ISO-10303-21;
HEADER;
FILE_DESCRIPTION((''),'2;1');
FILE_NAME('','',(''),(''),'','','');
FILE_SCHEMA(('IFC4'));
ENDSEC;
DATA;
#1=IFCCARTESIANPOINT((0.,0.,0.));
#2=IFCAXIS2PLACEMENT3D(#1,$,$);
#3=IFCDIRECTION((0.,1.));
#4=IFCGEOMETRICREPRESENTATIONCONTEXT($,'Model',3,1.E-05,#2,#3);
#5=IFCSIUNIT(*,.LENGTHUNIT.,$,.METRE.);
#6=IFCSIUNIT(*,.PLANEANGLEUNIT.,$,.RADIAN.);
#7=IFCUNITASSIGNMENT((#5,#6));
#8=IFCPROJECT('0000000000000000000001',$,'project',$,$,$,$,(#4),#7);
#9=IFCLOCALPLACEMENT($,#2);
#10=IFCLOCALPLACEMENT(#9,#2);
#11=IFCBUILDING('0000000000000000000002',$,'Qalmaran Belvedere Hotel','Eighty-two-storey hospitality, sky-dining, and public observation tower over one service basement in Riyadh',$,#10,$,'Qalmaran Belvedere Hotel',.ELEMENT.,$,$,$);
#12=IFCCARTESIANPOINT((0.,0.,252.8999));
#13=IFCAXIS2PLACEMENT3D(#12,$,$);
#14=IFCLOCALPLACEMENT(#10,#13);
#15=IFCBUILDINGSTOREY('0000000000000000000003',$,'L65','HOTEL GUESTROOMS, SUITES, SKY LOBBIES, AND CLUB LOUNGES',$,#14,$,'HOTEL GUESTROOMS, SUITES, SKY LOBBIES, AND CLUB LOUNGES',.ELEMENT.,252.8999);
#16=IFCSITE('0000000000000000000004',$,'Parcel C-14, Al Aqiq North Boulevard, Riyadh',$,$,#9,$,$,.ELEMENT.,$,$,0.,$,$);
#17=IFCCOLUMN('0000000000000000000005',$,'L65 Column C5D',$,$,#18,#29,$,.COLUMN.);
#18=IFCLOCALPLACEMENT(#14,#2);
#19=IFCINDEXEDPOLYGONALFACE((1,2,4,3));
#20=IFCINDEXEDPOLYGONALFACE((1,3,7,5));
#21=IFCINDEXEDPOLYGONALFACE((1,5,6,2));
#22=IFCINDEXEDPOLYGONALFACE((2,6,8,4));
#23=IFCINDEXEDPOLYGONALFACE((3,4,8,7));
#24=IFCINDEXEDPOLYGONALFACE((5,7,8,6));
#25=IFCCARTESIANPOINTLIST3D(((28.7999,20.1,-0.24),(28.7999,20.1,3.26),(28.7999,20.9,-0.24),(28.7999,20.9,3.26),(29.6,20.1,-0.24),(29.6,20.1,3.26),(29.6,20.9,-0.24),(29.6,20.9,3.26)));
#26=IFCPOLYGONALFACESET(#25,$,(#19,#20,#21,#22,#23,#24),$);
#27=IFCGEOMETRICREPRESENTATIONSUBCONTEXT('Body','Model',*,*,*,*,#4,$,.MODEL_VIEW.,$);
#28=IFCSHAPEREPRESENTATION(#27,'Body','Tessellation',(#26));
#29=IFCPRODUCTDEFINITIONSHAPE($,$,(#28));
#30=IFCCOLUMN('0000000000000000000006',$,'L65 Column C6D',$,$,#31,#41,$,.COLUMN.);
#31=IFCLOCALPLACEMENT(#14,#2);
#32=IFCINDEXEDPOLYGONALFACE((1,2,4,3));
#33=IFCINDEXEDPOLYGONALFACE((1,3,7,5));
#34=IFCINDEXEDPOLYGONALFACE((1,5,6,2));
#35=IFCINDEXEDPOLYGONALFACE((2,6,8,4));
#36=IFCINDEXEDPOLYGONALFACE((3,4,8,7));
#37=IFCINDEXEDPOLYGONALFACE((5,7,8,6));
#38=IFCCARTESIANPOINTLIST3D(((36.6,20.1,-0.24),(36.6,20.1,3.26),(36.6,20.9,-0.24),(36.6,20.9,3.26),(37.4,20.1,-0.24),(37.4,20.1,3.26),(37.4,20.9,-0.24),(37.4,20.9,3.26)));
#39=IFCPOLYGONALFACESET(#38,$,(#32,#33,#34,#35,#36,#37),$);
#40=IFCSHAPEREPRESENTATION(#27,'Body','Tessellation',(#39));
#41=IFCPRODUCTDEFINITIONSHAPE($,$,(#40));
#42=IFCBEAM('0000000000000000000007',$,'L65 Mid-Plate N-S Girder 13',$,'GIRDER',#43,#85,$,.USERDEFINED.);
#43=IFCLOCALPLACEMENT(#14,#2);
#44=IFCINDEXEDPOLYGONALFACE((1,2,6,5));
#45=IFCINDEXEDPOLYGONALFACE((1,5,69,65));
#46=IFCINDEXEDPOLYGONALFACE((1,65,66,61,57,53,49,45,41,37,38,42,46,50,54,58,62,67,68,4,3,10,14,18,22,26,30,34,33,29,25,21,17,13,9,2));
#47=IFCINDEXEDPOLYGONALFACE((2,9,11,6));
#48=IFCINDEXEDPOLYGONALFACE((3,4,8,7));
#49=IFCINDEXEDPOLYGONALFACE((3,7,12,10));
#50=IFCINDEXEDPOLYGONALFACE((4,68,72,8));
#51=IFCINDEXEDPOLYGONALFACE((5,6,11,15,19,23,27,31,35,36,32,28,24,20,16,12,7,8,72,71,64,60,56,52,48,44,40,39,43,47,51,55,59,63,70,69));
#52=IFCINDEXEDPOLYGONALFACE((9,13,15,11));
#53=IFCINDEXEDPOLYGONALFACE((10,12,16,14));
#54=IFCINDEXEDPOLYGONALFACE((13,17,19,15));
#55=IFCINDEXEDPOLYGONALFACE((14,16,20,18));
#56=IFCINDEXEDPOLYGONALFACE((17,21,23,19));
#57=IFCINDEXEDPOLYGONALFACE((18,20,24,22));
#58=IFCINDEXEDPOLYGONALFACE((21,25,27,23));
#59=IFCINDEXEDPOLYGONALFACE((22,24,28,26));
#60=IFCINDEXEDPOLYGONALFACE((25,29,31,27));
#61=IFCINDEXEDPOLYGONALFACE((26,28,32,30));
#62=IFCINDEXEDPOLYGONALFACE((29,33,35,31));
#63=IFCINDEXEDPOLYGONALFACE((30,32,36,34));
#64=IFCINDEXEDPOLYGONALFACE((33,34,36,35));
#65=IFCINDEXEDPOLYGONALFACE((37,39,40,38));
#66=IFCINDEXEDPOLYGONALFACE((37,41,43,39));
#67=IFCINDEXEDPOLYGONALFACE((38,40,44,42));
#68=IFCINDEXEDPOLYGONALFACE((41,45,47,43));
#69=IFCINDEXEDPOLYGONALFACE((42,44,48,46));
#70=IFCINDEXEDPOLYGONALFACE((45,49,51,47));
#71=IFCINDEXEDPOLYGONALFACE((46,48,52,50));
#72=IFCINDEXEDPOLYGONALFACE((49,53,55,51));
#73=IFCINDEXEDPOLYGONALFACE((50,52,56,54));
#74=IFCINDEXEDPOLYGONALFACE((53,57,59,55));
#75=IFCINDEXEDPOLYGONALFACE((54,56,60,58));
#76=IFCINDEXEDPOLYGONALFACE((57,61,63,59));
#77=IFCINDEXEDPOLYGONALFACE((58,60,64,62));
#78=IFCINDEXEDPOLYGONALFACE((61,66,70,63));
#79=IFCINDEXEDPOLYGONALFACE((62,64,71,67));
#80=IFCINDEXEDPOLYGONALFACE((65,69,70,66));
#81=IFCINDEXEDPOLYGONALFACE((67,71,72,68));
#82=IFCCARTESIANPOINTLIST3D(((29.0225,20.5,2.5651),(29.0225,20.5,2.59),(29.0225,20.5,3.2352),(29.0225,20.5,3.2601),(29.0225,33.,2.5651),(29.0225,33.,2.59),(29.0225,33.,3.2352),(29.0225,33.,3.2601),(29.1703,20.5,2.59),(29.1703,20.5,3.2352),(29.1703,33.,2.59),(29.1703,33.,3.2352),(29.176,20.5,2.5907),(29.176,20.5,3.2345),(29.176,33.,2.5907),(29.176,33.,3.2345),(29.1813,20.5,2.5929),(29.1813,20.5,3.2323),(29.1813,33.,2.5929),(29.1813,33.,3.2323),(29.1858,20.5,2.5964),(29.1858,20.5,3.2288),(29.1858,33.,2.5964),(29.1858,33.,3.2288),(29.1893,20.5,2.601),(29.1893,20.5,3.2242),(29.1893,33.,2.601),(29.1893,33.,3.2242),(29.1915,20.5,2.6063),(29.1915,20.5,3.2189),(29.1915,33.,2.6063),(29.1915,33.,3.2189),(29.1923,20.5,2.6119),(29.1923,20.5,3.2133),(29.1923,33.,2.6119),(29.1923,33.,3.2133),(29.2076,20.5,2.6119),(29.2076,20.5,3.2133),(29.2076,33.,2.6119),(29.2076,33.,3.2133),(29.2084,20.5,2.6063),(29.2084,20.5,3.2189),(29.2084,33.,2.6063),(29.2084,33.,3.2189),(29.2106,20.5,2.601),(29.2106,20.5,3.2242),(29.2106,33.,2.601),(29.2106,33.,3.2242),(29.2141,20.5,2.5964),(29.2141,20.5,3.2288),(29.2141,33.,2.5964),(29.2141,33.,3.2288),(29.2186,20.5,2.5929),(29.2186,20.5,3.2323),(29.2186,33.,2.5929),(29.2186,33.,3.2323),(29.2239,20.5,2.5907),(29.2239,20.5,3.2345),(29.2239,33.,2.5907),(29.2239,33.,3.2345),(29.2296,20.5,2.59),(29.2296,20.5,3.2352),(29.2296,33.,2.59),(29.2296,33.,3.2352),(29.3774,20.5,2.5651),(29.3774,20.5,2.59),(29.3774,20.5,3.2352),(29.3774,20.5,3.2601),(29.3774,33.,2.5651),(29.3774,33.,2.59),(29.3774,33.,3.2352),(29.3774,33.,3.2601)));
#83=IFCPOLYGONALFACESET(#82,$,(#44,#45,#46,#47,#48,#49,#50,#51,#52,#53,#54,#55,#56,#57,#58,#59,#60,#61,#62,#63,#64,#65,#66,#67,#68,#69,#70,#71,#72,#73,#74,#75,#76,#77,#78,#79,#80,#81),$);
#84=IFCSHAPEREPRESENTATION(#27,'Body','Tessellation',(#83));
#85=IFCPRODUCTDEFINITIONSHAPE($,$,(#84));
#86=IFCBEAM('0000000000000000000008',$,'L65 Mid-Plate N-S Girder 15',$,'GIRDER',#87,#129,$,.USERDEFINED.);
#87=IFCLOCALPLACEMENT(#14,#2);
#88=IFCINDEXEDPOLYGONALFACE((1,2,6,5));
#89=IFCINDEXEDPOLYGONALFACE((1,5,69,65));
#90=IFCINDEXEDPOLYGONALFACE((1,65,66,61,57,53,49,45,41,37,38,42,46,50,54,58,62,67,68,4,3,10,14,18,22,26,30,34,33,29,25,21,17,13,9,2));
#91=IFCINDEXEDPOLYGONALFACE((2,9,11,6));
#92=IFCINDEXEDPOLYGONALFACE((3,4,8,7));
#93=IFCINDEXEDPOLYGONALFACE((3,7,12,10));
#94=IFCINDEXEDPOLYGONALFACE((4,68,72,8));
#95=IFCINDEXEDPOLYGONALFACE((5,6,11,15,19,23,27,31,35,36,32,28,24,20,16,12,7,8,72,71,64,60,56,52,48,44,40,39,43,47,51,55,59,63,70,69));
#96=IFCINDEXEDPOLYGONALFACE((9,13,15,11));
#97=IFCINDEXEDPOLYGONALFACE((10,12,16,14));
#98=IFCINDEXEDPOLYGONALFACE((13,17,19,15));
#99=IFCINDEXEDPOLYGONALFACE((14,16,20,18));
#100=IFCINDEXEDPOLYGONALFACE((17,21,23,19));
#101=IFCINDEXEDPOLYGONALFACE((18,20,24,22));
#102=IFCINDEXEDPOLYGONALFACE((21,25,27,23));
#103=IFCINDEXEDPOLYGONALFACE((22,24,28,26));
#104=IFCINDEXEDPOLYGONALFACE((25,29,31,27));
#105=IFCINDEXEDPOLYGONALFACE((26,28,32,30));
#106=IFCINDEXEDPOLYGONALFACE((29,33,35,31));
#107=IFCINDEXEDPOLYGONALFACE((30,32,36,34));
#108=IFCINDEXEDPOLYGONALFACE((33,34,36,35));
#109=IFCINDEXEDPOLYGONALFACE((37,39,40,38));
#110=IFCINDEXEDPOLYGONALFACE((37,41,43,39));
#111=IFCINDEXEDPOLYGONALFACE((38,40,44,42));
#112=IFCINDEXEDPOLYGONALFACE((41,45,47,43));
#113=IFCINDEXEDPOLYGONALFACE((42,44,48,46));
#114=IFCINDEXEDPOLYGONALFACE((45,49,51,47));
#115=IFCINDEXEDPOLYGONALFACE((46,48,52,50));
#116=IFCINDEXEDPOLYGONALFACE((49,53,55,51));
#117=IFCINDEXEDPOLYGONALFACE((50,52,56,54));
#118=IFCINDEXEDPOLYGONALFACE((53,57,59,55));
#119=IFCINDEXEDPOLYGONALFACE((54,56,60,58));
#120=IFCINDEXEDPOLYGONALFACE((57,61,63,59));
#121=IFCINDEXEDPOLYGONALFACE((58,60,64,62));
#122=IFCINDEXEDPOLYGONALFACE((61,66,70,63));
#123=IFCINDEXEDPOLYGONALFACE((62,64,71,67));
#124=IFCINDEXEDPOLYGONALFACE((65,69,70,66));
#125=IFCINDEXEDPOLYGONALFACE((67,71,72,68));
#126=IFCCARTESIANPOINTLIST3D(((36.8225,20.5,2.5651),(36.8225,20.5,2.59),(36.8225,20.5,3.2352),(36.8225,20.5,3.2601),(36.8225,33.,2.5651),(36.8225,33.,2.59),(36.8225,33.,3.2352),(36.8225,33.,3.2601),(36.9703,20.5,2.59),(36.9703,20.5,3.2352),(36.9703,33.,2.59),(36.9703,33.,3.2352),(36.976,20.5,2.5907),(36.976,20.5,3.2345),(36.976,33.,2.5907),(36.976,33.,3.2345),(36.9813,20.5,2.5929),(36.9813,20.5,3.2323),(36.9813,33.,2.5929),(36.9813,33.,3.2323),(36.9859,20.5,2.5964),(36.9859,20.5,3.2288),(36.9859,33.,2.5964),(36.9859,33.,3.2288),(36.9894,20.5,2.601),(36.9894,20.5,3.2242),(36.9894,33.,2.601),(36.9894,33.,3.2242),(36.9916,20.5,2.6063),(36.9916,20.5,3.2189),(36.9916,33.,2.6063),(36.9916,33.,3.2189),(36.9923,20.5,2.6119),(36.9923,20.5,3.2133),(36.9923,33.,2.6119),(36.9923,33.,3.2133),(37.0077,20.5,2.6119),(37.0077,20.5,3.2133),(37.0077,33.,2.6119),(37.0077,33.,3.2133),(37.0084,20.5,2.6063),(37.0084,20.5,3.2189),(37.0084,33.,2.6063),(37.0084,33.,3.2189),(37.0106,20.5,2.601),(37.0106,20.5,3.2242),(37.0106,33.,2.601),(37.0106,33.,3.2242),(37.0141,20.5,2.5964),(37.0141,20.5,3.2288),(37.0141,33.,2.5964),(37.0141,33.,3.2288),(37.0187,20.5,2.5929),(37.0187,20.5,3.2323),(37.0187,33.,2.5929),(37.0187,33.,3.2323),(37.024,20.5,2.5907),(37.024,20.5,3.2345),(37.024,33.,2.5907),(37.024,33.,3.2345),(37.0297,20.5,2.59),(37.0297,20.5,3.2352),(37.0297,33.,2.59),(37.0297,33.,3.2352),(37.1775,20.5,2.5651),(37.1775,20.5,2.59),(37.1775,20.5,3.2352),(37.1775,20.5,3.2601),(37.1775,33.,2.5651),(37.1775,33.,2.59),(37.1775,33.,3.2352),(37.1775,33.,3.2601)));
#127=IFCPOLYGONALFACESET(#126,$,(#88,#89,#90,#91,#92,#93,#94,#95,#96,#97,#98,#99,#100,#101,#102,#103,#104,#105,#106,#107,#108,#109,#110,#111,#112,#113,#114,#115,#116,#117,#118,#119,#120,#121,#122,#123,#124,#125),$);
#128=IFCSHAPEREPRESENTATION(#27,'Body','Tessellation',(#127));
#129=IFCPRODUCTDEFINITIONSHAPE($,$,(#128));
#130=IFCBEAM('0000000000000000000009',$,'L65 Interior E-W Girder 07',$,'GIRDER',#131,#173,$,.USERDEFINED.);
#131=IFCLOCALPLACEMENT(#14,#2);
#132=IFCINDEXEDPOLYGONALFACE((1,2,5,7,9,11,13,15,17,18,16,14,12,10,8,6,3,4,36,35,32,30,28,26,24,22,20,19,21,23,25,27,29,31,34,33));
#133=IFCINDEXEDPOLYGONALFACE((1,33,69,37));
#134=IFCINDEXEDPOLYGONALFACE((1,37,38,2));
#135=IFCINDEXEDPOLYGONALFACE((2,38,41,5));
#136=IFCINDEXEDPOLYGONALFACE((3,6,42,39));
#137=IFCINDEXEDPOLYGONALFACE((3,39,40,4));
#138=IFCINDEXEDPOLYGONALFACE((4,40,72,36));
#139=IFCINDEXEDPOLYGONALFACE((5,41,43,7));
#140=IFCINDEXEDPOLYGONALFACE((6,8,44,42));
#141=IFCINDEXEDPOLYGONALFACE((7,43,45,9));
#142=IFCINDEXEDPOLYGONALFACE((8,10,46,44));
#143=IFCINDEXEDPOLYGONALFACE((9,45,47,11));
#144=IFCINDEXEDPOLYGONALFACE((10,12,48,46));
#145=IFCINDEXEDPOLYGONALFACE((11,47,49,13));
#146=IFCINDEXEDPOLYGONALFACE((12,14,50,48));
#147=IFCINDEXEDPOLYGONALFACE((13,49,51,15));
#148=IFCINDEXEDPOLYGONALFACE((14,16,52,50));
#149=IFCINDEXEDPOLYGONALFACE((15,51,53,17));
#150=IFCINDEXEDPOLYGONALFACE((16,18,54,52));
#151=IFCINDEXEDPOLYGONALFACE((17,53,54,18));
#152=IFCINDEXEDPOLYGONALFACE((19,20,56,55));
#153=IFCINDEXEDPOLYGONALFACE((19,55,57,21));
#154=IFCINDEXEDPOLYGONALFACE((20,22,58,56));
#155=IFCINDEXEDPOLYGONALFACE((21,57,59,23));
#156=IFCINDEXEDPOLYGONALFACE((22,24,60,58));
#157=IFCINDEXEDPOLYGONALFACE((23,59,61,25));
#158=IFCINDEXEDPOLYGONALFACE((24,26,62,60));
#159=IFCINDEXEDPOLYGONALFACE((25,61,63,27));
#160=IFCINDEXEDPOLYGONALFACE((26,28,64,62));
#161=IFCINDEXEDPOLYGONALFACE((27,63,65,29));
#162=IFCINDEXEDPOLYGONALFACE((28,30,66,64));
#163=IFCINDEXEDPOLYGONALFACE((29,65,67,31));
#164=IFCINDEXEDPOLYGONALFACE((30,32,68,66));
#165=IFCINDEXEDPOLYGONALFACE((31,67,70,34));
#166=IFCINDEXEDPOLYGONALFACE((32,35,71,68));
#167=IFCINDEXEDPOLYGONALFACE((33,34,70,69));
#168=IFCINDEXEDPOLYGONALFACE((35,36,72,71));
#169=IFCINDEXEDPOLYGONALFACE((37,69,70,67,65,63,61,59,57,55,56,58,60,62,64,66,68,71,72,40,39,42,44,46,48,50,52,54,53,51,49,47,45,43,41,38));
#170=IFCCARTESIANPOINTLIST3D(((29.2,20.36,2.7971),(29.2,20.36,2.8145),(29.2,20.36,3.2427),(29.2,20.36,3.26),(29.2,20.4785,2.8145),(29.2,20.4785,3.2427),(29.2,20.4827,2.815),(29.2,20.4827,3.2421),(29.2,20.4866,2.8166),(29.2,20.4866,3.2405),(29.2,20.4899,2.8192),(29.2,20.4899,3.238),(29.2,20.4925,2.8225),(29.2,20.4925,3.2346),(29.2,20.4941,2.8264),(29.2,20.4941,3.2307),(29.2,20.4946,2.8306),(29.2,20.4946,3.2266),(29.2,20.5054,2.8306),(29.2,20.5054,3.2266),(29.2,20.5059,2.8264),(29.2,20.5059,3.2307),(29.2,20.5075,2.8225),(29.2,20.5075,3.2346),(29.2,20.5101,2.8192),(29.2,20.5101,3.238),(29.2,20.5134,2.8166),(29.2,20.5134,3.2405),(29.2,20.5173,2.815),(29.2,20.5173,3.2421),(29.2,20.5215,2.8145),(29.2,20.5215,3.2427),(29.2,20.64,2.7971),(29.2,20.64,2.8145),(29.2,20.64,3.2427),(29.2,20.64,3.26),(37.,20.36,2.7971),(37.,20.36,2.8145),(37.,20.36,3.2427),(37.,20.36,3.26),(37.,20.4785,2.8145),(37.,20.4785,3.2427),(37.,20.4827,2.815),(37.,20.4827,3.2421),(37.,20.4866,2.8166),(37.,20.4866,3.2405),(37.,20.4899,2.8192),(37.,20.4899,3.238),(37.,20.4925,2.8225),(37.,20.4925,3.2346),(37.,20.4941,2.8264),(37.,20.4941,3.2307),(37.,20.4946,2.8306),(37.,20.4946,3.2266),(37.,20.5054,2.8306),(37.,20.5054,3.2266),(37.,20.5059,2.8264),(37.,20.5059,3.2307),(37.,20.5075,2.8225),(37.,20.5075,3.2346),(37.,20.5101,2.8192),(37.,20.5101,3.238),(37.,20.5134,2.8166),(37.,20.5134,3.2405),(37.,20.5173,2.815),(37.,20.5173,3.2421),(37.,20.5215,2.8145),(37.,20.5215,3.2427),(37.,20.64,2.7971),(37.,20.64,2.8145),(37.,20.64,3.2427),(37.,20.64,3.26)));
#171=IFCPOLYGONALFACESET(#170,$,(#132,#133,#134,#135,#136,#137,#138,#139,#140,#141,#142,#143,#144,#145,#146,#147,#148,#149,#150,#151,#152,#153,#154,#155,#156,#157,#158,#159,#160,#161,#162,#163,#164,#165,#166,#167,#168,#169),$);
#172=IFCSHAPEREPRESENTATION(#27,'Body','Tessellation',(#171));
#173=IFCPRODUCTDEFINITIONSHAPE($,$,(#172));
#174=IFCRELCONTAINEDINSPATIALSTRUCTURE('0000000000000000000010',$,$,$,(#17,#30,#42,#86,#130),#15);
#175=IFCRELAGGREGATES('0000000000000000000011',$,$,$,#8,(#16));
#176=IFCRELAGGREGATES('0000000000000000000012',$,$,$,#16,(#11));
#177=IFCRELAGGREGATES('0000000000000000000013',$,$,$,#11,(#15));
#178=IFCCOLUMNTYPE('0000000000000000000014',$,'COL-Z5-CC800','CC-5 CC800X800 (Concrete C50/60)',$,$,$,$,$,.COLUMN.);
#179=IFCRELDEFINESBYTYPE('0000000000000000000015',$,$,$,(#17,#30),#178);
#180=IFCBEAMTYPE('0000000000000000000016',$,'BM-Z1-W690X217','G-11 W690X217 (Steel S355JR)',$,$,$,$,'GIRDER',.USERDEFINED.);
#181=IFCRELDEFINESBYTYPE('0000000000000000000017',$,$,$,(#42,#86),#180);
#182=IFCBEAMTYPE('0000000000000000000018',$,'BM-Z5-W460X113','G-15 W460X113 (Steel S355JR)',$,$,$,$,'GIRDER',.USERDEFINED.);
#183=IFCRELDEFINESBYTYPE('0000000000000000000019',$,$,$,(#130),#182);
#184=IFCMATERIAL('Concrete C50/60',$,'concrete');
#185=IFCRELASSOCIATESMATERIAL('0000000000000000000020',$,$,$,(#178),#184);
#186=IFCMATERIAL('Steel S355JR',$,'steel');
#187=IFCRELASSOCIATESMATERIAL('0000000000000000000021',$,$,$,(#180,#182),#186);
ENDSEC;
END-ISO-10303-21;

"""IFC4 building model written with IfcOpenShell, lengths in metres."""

from ifc_helpers import new_model, si_unit, direction, frame, origin, origin_2d, place, context, subcontext, project, spatial, rectangle, i_section, extrude, material, material_profile, profile_set, type_object, element, save


model = new_model("IFC4")

# Units and contexts
model_context = context("Model", 3, precision=1e-05, world=origin(), true_north=direction((0.0, 1.0)))
body_context = subcontext(model_context, "Body", "Model", "MODEL_VIEW")
ifc_project = project(units=[si_unit("LENGTHUNIT", "METRE"), si_unit("PLANEANGLEUNIT", "RADIAN")], contexts=[model_context])

# Site, building, storey
site_placement = place(None, origin())
site = spatial("IfcSite", under=ifc_project, at=site_placement, Name="Parcel C-14, Al Aqiq North Boulevard, Riyadh", CompositionType="ELEMENT", RefElevation=0.0)
building_placement = place(site_placement, origin())
building = spatial("IfcBuilding", under=site, at=building_placement, Name="Qalmaran Belvedere Hotel", Description="Eighty-two-storey hospitality, sky-dining, and public observation tower over one service basement in Riyadh", LongName="Qalmaran Belvedere Hotel", CompositionType="ELEMENT")
storey_placement = place(building_placement, frame((0.0, 0.0, 252.8999)))
storey = spatial("IfcBuildingStorey", under=building, at=storey_placement, Name="L65", Description="HOTEL GUESTROOMS, SUITES, SKY LOBBIES, AND CLUB LOUNGES", LongName="HOTEL GUESTROOMS, SUITES, SKY LOBBIES, AND CLUB LOUNGES", CompositionType="ELEMENT", Elevation=252.8999)

# Columns
ifc_material_1 = material(Name="Concrete C50/60", Category="concrete")
ifc_material_profile_1 = material_profile(ifc_material_1, rectangle(XDim=0.8, YDim=0.8, at=origin_2d()), Name="CC800X800")
ifc_profile_set_1 = profile_set([ifc_material_profile_1], Name="Concrete C50/60")
column_type = type_object("IfcColumnType", Name="COL-Z5-CC800", Description="CC-5 CC800X800 (Concrete C50/60)", PredefinedType="COLUMN", material=ifc_profile_set_1)
for number, where, z_axis, x_axis, name in (
    (1, (29.2, 20.5, -0.24), (0.0, 0.0, 1.0), (1.0, 0.0, 0.0), "L65 Column C5D"),
    (2, (37.0, 20.5, -0.24), (0.0, 0.0, 1.0), (1.0, 0.0, 0.0), "L65 Column C6D"),
):
    element("IfcColumn", number, at=place(storey_placement, frame(where, z_axis=z_axis, x_axis=x_axis)), inside=storey, type_object=column_type, Name=name, PredefinedType="COLUMN", context=body_context, shape_type="SweptSolid", body=[
        extrude(rectangle(XDim=0.8, YDim=0.8, at=origin_2d()), origin(), (0.0, 0.0, 1.0), 3.5),
    ])

# Beams
ifc_material_2 = material(Name="Steel S355JR", Category="steel")
ifc_material_profile_2 = material_profile(ifc_material_2, i_section(OverallWidth=0.355, OverallDepth=0.6951, WebThickness=0.0154, FlangeThickness=0.0249, FilletRadius=0.022, at=origin_2d()), Name="W690X217")
ifc_profile_set_2 = profile_set([ifc_material_profile_2], Name="Steel S355JR")
beam_type_1 = type_object("IfcBeamType", Name="BM-Z1-W690X217", Description="G-11 W690X217 (Steel S355JR)", ElementType="GIRDER", PredefinedType="USERDEFINED", material=ifc_profile_set_2)
for number, where, z_axis, x_axis, name in (
    (3, (29.2, 20.5, 2.9126), (0.0, 1.0, 0.0), (-1.0, 0.0, 0.0), "L65 Mid-Plate N-S Girder 13"),
    (4, (37.0, 20.5, 2.9126), (0.0, 1.0, 0.0), (-1.0, 0.0, 0.0), "L65 Mid-Plate N-S Girder 15"),
):
    element("IfcBeam", number, at=place(storey_placement, frame(where, z_axis=z_axis, x_axis=x_axis)), inside=storey, type_object=beam_type_1, Name=name, ObjectType="GIRDER", PredefinedType="USERDEFINED", context=body_context, shape_type="SweptSolid", body=[
        extrude(i_section(OverallWidth=0.355, OverallDepth=0.6951, WebThickness=0.0154, FlangeThickness=0.0249, FilletRadius=0.022, at=origin_2d()), origin(), (0.0, 0.0, 1.0), 12.5),
    ])
ifc_material_profile_3 = material_profile(ifc_material_2, i_section(OverallWidth=0.28, OverallDepth=0.4629, WebThickness=0.0107, FlangeThickness=0.0173, FilletRadius=0.0161, at=origin_2d()), Name="W460X113")
ifc_profile_set_3 = profile_set([ifc_material_profile_3], Name="Steel S355JR")
beam_type_2 = type_object("IfcBeamType", Name="BM-Z5-W460X113", Description="G-15 W460X113 (Steel S355JR)", ElementType="GIRDER", PredefinedType="USERDEFINED", material=ifc_profile_set_3)
for number, where, z_axis, x_axis, name in (
    (5, (29.2, 20.5, 3.0286), (1.0, 0.0, 0.0), (0.0, 1.0, 0.0), "L65 Interior E-W Girder 07"),
):
    element("IfcBeam", number, at=place(storey_placement, frame(where, z_axis=z_axis, x_axis=x_axis)), inside=storey, type_object=beam_type_2, Name=name, ObjectType="GIRDER", PredefinedType="USERDEFINED", context=body_context, shape_type="SweptSolid", body=[
        extrude(i_section(OverallWidth=0.28, OverallDepth=0.4629, WebThickness=0.0107, FlangeThickness=0.0173, FilletRadius=0.0161, at=origin_2d()), origin(), (0.0, 0.0, 1.0), 7.8),
    ])

save(model, "model.ifc")
